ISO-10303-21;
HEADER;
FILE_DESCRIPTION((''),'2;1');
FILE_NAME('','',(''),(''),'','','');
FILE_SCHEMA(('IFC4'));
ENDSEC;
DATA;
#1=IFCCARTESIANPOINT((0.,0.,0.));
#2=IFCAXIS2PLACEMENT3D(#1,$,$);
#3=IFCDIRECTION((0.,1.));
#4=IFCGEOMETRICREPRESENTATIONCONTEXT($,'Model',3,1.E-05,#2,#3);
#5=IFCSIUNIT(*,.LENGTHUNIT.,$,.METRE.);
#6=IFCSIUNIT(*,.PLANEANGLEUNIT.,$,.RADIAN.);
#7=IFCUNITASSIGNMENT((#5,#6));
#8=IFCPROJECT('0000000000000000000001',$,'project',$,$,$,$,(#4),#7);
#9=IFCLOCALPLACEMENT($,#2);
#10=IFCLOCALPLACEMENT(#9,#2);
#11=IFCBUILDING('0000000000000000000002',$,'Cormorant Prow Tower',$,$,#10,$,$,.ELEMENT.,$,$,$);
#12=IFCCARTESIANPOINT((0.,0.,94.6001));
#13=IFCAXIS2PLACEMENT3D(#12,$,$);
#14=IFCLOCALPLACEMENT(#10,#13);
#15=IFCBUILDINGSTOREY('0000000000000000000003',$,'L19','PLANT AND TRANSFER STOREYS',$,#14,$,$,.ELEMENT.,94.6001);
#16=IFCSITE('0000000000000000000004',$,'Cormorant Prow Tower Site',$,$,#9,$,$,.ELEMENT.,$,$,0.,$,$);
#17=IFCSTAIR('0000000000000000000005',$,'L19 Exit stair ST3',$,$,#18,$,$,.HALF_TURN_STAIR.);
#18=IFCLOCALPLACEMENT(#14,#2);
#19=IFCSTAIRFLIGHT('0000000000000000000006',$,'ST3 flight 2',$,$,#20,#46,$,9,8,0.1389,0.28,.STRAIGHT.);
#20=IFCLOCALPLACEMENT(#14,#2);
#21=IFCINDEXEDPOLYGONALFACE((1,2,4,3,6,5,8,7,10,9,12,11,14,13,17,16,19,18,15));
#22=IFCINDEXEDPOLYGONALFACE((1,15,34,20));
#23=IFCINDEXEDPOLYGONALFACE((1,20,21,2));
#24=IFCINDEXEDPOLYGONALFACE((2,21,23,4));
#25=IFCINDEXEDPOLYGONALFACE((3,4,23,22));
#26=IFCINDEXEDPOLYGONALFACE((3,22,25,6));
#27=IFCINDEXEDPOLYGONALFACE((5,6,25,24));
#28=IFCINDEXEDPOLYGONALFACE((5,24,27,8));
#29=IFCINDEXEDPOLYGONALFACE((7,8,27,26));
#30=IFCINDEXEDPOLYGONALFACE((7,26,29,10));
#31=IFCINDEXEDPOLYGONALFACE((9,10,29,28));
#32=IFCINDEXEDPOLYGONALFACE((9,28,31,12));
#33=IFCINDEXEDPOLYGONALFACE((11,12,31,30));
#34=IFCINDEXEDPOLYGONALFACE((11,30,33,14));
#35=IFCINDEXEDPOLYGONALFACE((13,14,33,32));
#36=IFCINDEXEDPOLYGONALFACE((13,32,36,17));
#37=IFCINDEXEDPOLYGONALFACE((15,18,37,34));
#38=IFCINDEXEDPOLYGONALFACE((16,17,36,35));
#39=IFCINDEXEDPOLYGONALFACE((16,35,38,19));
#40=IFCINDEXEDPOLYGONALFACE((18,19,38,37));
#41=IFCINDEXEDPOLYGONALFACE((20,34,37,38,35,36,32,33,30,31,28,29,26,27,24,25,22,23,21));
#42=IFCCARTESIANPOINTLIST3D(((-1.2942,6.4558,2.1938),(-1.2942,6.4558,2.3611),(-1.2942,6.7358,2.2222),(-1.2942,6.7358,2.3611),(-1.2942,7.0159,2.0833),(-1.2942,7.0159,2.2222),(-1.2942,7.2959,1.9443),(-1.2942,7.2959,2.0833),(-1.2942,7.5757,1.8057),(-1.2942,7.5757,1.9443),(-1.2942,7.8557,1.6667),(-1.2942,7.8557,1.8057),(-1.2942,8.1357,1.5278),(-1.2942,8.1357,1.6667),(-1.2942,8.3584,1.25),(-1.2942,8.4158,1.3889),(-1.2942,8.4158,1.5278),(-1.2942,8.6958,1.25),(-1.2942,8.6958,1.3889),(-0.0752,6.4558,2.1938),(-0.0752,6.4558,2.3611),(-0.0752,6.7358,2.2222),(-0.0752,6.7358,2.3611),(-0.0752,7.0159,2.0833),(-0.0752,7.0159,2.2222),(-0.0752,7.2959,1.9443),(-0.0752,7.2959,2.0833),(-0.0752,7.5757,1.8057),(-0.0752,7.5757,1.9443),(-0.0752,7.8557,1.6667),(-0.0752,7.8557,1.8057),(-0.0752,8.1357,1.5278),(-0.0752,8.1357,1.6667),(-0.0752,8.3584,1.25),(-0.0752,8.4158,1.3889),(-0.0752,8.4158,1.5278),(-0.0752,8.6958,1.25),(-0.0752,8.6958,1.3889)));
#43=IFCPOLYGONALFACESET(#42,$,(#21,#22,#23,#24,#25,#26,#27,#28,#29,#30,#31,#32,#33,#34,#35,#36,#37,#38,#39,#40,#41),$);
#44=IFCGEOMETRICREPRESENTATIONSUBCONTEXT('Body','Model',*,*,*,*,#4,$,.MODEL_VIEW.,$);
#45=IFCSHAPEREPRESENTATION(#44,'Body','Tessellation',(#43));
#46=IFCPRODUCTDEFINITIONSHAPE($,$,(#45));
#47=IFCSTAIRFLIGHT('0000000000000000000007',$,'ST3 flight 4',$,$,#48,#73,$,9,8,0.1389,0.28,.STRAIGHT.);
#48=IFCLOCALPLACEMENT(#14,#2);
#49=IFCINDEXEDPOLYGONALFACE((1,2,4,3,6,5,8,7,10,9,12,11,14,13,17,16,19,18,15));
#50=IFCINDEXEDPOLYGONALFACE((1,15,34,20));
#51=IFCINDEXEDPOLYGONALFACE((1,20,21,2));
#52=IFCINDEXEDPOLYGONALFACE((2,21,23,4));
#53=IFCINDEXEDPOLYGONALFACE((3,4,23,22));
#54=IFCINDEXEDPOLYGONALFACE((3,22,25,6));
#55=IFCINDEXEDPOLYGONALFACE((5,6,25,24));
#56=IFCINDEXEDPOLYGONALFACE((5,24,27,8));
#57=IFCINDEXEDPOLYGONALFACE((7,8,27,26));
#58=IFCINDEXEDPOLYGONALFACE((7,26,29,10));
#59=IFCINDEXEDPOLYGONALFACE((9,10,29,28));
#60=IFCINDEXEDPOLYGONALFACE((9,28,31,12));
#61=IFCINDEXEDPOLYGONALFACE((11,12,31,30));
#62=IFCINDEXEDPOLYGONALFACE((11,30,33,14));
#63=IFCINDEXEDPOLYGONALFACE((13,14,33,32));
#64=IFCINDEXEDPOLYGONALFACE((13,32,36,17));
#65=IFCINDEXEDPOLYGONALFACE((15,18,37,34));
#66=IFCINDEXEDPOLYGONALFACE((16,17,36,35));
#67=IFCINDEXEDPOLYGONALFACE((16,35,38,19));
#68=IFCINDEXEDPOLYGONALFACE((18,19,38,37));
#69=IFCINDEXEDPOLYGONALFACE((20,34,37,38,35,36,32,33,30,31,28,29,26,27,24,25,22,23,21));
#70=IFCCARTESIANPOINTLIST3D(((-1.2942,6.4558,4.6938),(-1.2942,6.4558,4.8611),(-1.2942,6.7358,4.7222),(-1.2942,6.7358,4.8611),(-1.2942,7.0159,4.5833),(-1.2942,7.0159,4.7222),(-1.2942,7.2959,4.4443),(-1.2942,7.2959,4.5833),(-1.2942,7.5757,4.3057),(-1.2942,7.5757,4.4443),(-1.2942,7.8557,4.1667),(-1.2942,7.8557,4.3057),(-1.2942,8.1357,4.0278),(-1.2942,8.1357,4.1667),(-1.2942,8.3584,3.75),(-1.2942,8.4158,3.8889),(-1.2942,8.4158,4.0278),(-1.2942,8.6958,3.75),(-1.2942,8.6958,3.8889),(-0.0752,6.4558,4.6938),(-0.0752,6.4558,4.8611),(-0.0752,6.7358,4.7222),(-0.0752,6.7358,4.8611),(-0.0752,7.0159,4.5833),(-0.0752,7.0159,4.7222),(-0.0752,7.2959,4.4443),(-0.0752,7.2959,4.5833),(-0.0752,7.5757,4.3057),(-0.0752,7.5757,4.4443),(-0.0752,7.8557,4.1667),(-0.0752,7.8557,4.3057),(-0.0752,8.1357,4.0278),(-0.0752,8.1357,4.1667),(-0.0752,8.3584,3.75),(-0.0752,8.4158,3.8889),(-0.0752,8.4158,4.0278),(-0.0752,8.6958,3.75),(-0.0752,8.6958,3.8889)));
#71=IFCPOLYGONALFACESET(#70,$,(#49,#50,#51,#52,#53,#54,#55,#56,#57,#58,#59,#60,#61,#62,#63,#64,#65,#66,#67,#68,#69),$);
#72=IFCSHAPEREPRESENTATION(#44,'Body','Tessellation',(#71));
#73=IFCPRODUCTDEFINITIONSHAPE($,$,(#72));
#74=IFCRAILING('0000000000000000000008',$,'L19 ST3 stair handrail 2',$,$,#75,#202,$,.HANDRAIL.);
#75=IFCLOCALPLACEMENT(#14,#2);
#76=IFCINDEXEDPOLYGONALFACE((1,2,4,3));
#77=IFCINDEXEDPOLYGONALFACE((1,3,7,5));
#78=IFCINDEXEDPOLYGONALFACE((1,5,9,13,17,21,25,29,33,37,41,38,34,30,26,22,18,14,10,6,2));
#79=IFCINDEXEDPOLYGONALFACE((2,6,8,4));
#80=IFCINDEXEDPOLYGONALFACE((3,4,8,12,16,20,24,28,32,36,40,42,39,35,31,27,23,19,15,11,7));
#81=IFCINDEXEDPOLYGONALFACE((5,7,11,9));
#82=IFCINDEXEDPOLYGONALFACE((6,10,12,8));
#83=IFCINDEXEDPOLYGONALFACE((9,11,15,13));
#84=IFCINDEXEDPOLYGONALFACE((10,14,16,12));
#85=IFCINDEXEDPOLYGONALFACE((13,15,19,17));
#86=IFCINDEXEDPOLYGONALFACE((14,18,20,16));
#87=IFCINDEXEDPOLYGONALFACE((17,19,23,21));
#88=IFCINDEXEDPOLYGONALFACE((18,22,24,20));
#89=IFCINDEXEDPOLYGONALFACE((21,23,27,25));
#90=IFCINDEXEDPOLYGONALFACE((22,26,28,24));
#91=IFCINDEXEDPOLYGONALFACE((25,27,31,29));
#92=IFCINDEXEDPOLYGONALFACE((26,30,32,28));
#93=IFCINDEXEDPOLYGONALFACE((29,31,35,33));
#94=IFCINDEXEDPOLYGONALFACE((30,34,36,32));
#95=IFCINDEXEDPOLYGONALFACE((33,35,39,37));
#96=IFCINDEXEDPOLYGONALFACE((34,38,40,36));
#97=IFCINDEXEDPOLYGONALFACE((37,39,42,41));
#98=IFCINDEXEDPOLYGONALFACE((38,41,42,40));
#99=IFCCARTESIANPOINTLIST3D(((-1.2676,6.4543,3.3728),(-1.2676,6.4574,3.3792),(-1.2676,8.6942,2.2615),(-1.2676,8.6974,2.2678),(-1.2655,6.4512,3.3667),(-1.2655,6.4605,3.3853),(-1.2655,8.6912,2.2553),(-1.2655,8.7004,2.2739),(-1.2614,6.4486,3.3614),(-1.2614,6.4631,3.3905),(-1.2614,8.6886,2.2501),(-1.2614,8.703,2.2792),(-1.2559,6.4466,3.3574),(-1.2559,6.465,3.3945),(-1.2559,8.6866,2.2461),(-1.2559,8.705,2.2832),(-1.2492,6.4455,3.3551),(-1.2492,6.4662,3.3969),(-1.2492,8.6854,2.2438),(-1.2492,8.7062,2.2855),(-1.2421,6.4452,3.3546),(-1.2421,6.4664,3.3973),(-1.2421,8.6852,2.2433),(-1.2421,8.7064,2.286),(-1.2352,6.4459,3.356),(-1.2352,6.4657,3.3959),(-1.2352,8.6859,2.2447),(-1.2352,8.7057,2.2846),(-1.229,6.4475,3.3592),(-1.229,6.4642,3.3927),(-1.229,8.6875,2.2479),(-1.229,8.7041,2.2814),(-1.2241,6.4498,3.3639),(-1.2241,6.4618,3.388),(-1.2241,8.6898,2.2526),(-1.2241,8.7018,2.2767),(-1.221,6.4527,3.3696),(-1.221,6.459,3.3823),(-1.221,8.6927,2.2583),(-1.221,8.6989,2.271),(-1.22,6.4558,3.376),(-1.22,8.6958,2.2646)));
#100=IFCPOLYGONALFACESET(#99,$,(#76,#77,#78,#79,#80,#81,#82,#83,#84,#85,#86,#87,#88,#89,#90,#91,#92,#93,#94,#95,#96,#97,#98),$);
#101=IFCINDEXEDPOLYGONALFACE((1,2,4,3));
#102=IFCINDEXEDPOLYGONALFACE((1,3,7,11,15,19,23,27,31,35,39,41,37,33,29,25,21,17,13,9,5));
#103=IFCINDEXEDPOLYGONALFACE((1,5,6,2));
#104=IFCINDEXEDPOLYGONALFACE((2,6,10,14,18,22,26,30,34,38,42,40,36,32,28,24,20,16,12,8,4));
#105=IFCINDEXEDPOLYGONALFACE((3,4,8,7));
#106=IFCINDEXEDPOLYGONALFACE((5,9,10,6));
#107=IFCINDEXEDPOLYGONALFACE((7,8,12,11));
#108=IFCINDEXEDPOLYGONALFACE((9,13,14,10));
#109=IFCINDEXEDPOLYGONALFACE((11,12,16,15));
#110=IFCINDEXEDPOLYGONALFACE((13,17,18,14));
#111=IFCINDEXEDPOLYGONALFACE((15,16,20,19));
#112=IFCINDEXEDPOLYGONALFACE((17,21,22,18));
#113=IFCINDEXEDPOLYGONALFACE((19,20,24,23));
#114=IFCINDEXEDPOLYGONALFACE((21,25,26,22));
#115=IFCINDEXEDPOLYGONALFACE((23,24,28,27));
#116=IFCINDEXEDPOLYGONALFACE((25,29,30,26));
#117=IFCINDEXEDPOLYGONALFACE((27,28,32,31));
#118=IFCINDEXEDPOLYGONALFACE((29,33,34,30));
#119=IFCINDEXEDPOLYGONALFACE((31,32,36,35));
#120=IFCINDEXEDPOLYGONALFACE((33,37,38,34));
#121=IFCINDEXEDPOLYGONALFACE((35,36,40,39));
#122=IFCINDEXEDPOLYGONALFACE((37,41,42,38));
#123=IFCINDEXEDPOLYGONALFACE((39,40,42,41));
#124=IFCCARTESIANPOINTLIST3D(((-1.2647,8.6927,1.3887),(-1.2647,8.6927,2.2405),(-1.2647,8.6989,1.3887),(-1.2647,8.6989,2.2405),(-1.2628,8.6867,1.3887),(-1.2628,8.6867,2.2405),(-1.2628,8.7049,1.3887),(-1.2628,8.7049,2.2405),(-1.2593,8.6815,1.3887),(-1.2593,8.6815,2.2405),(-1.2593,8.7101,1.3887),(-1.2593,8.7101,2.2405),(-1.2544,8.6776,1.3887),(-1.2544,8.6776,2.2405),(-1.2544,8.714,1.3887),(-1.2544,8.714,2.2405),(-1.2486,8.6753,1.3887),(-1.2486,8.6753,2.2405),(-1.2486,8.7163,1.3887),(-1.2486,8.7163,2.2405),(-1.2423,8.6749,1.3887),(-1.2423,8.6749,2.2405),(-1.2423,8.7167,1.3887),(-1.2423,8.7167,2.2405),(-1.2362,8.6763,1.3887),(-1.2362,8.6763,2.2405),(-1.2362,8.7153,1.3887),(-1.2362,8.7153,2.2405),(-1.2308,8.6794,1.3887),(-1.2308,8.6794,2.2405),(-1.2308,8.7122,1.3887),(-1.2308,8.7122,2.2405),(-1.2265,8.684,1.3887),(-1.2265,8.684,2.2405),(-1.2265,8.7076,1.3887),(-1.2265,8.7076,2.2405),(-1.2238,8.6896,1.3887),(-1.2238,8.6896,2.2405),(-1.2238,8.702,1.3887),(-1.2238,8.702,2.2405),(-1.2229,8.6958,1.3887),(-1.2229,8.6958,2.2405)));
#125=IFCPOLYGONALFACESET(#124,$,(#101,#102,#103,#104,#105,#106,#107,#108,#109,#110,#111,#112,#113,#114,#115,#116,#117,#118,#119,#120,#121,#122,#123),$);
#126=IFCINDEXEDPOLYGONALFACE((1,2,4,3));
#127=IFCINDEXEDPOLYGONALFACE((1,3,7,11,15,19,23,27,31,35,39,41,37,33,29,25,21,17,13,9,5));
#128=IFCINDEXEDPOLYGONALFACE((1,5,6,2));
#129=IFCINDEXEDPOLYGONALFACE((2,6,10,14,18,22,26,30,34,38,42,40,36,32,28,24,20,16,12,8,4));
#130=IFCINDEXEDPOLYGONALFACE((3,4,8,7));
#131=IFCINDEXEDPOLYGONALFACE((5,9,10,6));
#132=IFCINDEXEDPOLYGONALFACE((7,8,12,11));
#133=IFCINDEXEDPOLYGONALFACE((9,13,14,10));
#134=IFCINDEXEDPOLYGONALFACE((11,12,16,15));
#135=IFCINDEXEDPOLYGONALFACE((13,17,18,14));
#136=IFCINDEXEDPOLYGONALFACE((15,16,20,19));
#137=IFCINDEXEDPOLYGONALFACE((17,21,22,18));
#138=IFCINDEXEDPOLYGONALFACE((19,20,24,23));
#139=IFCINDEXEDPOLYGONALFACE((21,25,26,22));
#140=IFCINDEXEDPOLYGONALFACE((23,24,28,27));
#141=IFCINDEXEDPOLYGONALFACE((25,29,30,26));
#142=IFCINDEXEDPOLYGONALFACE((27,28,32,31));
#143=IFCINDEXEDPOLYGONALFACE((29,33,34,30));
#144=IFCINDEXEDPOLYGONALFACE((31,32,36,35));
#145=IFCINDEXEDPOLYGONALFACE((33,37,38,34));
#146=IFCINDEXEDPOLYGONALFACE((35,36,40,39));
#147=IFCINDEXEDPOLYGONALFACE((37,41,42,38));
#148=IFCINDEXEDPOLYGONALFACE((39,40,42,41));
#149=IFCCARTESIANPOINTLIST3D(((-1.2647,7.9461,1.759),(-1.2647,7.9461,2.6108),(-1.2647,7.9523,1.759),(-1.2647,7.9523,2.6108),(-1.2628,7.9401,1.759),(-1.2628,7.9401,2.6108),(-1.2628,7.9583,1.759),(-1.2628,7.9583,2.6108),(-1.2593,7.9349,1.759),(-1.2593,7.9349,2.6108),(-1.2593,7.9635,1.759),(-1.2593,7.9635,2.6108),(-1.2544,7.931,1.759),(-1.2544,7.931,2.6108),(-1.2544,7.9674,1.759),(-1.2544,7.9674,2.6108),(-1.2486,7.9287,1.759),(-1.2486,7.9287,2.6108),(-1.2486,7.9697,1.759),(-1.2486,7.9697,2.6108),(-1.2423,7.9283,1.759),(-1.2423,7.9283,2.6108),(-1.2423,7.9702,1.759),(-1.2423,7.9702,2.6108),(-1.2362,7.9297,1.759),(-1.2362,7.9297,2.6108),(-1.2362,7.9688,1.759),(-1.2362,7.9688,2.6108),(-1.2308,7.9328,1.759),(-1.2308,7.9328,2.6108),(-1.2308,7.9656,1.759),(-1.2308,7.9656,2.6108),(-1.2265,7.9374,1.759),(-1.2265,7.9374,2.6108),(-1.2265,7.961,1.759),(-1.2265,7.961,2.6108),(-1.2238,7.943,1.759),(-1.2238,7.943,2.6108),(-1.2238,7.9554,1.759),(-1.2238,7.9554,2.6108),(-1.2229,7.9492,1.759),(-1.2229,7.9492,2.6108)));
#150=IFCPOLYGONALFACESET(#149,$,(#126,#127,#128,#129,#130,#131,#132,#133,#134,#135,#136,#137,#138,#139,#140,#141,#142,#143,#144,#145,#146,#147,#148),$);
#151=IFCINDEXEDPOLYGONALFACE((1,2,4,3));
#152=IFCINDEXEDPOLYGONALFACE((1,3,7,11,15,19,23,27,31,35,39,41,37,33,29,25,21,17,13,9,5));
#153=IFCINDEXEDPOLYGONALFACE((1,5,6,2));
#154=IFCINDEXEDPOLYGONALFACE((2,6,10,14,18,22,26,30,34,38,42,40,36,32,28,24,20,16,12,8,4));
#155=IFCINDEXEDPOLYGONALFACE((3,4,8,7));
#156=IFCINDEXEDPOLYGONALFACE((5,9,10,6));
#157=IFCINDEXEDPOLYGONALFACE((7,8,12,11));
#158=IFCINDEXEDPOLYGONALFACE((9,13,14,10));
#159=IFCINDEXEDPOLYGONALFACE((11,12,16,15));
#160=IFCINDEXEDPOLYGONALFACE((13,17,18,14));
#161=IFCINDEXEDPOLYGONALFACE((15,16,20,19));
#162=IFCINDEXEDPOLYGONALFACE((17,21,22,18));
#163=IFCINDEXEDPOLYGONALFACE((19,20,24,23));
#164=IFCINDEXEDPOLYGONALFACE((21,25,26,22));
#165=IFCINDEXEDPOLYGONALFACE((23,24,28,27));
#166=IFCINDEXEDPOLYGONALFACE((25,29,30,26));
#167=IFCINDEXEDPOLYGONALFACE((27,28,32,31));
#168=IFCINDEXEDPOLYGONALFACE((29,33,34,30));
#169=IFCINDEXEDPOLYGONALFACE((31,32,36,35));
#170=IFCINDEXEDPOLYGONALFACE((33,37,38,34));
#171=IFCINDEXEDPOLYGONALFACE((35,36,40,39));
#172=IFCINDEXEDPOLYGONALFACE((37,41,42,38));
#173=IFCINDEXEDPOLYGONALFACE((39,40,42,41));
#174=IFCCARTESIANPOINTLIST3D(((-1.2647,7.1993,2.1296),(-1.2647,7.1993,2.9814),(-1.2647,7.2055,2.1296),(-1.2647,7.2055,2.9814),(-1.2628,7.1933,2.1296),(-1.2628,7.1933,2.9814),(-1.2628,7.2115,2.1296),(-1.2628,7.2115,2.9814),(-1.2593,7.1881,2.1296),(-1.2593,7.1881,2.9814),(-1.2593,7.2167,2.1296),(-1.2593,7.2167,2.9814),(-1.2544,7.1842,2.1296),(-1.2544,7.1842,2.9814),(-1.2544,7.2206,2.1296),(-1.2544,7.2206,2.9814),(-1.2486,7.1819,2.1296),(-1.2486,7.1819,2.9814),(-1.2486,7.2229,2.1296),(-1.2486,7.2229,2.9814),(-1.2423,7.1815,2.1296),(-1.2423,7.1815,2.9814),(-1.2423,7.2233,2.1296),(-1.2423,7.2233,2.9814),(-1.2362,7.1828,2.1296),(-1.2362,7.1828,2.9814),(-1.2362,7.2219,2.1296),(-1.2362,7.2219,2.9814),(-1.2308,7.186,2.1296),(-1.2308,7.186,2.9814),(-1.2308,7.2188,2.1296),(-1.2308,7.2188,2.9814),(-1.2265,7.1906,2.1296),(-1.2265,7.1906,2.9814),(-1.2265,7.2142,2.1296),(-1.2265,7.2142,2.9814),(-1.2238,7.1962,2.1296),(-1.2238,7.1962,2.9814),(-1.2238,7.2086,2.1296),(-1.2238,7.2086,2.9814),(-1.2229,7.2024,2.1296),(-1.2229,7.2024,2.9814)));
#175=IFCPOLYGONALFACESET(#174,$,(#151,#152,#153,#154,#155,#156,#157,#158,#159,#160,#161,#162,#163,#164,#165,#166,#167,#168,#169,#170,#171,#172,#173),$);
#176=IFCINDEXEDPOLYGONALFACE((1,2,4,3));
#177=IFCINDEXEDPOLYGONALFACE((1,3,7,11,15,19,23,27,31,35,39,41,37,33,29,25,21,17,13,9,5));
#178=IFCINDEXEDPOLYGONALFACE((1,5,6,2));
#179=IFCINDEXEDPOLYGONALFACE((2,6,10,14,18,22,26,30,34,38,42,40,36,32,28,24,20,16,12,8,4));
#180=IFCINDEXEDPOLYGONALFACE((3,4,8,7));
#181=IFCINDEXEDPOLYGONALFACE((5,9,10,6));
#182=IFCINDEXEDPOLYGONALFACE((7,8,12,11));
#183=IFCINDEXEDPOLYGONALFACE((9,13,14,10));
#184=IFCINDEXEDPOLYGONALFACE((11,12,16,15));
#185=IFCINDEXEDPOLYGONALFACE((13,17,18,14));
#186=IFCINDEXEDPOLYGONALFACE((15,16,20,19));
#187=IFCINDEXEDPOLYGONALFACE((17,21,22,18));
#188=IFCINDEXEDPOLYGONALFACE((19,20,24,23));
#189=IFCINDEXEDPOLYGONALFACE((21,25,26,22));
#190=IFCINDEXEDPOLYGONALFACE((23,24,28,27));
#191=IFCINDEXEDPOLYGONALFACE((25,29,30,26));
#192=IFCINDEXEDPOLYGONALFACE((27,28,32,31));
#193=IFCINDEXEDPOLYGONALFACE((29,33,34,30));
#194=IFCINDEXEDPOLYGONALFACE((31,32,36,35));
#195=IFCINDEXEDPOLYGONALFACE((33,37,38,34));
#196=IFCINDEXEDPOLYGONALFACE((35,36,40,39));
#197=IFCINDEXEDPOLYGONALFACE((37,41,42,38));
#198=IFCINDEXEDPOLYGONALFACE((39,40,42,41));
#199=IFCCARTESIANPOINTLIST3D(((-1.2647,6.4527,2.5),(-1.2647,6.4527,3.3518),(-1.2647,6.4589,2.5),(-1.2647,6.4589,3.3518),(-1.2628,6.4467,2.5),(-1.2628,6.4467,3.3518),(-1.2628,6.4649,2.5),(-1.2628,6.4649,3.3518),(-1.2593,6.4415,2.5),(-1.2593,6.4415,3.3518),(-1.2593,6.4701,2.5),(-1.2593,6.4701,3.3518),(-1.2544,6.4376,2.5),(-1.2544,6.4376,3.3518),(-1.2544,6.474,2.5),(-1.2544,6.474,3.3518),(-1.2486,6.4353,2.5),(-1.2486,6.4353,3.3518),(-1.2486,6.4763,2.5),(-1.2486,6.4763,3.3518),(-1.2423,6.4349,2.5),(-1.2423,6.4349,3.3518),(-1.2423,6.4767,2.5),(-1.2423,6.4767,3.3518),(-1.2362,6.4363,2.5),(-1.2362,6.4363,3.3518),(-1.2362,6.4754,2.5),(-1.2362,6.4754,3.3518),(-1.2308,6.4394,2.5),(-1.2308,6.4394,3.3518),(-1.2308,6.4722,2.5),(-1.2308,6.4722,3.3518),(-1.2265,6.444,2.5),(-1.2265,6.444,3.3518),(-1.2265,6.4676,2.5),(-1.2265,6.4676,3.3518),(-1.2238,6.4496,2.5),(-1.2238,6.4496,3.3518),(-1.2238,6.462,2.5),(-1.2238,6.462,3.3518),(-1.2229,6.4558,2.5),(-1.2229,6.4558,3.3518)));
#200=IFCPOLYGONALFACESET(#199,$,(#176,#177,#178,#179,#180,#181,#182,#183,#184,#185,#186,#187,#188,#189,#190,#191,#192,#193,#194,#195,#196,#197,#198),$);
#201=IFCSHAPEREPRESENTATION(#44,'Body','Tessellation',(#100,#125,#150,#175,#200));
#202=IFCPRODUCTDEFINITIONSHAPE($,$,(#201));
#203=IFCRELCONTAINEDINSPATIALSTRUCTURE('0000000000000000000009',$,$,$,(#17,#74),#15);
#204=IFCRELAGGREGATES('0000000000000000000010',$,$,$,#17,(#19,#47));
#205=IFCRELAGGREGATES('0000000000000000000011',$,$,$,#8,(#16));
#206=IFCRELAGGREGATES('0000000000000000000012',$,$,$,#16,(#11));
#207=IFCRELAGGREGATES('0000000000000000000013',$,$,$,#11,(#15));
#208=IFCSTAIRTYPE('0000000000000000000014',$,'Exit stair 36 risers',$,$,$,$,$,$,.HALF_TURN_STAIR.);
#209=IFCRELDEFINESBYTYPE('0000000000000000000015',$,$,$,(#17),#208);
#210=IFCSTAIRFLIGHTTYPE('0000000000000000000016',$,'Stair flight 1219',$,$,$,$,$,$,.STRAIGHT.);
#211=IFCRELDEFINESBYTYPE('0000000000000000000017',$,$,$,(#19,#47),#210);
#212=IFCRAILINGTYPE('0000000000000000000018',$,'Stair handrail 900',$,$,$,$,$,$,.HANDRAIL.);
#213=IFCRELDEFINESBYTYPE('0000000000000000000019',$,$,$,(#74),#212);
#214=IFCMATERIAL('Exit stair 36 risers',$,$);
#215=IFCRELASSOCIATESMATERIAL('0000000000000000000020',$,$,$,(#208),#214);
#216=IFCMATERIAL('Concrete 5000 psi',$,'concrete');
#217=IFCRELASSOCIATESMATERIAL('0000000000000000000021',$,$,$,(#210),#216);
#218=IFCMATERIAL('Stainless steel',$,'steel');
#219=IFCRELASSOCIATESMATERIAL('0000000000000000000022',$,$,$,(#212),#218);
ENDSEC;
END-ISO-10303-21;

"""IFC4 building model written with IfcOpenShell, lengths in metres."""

from ifc_helpers import new_model, si_unit, direction, frame, origin, origin_2d, place, context, subcontext, project, spatial, polyline, circle, outline, extrude, material, type_object, element, aggregate, save


model = new_model("IFC4")

# Units and contexts
model_context = context("Model", 3, precision=1e-05, world=origin(), true_north=direction((0.0, 1.0)))
body_context = subcontext(model_context, "Body", "Model", "MODEL_VIEW")
ifc_project = project(units=[si_unit("LENGTHUNIT", "METRE"), si_unit("PLANEANGLEUNIT", "RADIAN")], contexts=[model_context])

# Site, building, storey
site_placement = place(None, origin())
site = spatial("IfcSite", under=ifc_project, at=site_placement, Name="Cormorant Prow Tower Site", CompositionType="ELEMENT", RefElevation=0.0)
building_placement = place(site_placement, origin())
building = spatial("IfcBuilding", under=site, at=building_placement, Name="Cormorant Prow Tower", CompositionType="ELEMENT")
storey_placement = place(building_placement, frame((0.0, 0.0, 94.6001)))
storey = spatial("IfcBuildingStorey", under=building, at=storey_placement, Name="L19", Description="PLANT AND TRANSFER STOREYS", CompositionType="ELEMENT", Elevation=94.6001)

# Stair, stair flights
ifc_material_1 = material(Name="Exit stair 36 risers")
stair_type = type_object("IfcStairType", Name="Exit stair 36 risers", PredefinedType="HALF_TURN_STAIR", material=ifc_material_1)
stair_placement = place(storey_placement, origin())
stair = element("IfcStair", 1, at=stair_placement, inside=storey, type_object=stair_type, Name="L19 Exit stair ST3", PredefinedType="HALF_TURN_STAIR")
ifc_material_2 = material(Name="Concrete 5000 psi", Category="concrete")
stair_flight_type = type_object("IfcStairFlightType", Name="Stair flight 1219", PredefinedType="STRAIGHT", material=ifc_material_2)
stair_flight_1_placement = place(storey_placement, frame((-0.6846, 8.6958, 1.25), z_axis=(0.0, 0.0, 1.0), x_axis=(0.0, -1.0, 0.0)))
stair_flight_1 = element("IfcStairFlight", 2, at=stair_flight_1_placement, type_object=stair_flight_type, Name="ST3 flight 2", NumberOfRisers=9, NumberOfTreads=8, PredefinedType="STRAIGHT", RiserHeight=0.1389, TreadLength=0.28, context=body_context, shape_type="SweptSolid", body=[
    extrude(outline(polyline([(0.0, 0.0), (0.0, 0.1389), (0.28, 0.1389), (0.28, 0.2778), (0.5601, 0.2778), (0.5601, 0.4167), (0.8401, 0.4167), (0.8401, 0.5557), (1.1201, 0.5557), (1.1201, 0.6943), (1.3999, 0.6943), (1.3999, 0.8333), (1.6799, 0.8333), (1.6799, 0.9722), (1.96, 0.9722), (1.96, 1.1111), (2.24, 1.1111), (2.24, 1.25), (2.24, 0.9438), (0.3374, 0.0), (0.0, 0.0)])), frame((0.0, 0.6094, 0.0), z_axis=(0.0, -1.0, 0.0), x_axis=(1.0, 0.0, 0.0)), (0.0, 0.0, 1.0), 1.219),
])
stair_flight_2_placement = place(storey_placement, frame((-0.6846, 8.6958, 3.75), z_axis=(0.0, 0.0, 1.0), x_axis=(0.0, -1.0, 0.0)))
stair_flight_2 = element("IfcStairFlight", 3, at=stair_flight_2_placement, type_object=stair_flight_type, Name="ST3 flight 4", NumberOfRisers=9, NumberOfTreads=8, PredefinedType="STRAIGHT", RiserHeight=0.1389, TreadLength=0.28, context=body_context, shape_type="SweptSolid", body=[
    extrude(outline(polyline([(0.0, 0.0), (0.0, 0.1389), (0.28, 0.1389), (0.28, 0.2778), (0.5601, 0.2778), (0.5601, 0.4167), (0.8401, 0.4167), (0.8401, 0.5557), (1.1201, 0.5557), (1.1201, 0.6943), (1.3999, 0.6943), (1.3999, 0.8333), (1.6799, 0.8333), (1.6799, 0.9722), (1.96, 0.9722), (1.96, 1.1111), (2.24, 1.1111), (2.24, 1.25), (2.24, 0.9438), (0.3374, 0.0), (0.0, 0.0)])), frame((0.0, 0.6094, 0.0), z_axis=(0.0, -1.0, 0.0), x_axis=(1.0, 0.0, 0.0)), (0.0, 0.0, 1.0), 1.219),
])
aggregate(stair, [stair_flight_1, stair_flight_2])

# Railing
ifc_material_3 = material(Name="Stainless steel", Category="steel")
railing_type = type_object("IfcRailingType", Name="Stair handrail 900", PredefinedType="HANDRAIL", material=ifc_material_3)
for number, where, name in (
    (4, (-1.2439, 8.6958, 1.3887), "L19 ST3 stair handrail 2"),
):
    element("IfcRailing", number, at=place(storey_placement, frame(where)), inside=storey, type_object=railing_type, Name=name, PredefinedType="HANDRAIL", context=body_context, shape_type="SweptSolid", body=[
        extrude(circle(Radius=0.0239, at=origin_2d()), frame((0.0, 0.0, 0.876), z_axis=(0.0, -0.895809, 0.444439), x_axis=(1.0, 0.0, 0.0)), (0.0, 0.0, 1.0), 2.5005),
        extrude(circle(Radius=0.021, at=origin_2d()), origin(), (0.0, 0.0, 1.0), 0.8518),
        extrude(circle(Radius=0.021, at=origin_2d()), frame((0.0, -0.7466, 0.3704)), (0.0, 0.0, 1.0), 0.8518),
        extrude(circle(Radius=0.021, at=origin_2d()), frame((0.0, -1.4934, 0.741)), (0.0, 0.0, 1.0), 0.8518),
        extrude(circle(Radius=0.021, at=origin_2d()), frame((0.0, -2.24, 1.1113)), (0.0, 0.0, 1.0), 0.8518),
    ])

save(model, "model.ifc")
